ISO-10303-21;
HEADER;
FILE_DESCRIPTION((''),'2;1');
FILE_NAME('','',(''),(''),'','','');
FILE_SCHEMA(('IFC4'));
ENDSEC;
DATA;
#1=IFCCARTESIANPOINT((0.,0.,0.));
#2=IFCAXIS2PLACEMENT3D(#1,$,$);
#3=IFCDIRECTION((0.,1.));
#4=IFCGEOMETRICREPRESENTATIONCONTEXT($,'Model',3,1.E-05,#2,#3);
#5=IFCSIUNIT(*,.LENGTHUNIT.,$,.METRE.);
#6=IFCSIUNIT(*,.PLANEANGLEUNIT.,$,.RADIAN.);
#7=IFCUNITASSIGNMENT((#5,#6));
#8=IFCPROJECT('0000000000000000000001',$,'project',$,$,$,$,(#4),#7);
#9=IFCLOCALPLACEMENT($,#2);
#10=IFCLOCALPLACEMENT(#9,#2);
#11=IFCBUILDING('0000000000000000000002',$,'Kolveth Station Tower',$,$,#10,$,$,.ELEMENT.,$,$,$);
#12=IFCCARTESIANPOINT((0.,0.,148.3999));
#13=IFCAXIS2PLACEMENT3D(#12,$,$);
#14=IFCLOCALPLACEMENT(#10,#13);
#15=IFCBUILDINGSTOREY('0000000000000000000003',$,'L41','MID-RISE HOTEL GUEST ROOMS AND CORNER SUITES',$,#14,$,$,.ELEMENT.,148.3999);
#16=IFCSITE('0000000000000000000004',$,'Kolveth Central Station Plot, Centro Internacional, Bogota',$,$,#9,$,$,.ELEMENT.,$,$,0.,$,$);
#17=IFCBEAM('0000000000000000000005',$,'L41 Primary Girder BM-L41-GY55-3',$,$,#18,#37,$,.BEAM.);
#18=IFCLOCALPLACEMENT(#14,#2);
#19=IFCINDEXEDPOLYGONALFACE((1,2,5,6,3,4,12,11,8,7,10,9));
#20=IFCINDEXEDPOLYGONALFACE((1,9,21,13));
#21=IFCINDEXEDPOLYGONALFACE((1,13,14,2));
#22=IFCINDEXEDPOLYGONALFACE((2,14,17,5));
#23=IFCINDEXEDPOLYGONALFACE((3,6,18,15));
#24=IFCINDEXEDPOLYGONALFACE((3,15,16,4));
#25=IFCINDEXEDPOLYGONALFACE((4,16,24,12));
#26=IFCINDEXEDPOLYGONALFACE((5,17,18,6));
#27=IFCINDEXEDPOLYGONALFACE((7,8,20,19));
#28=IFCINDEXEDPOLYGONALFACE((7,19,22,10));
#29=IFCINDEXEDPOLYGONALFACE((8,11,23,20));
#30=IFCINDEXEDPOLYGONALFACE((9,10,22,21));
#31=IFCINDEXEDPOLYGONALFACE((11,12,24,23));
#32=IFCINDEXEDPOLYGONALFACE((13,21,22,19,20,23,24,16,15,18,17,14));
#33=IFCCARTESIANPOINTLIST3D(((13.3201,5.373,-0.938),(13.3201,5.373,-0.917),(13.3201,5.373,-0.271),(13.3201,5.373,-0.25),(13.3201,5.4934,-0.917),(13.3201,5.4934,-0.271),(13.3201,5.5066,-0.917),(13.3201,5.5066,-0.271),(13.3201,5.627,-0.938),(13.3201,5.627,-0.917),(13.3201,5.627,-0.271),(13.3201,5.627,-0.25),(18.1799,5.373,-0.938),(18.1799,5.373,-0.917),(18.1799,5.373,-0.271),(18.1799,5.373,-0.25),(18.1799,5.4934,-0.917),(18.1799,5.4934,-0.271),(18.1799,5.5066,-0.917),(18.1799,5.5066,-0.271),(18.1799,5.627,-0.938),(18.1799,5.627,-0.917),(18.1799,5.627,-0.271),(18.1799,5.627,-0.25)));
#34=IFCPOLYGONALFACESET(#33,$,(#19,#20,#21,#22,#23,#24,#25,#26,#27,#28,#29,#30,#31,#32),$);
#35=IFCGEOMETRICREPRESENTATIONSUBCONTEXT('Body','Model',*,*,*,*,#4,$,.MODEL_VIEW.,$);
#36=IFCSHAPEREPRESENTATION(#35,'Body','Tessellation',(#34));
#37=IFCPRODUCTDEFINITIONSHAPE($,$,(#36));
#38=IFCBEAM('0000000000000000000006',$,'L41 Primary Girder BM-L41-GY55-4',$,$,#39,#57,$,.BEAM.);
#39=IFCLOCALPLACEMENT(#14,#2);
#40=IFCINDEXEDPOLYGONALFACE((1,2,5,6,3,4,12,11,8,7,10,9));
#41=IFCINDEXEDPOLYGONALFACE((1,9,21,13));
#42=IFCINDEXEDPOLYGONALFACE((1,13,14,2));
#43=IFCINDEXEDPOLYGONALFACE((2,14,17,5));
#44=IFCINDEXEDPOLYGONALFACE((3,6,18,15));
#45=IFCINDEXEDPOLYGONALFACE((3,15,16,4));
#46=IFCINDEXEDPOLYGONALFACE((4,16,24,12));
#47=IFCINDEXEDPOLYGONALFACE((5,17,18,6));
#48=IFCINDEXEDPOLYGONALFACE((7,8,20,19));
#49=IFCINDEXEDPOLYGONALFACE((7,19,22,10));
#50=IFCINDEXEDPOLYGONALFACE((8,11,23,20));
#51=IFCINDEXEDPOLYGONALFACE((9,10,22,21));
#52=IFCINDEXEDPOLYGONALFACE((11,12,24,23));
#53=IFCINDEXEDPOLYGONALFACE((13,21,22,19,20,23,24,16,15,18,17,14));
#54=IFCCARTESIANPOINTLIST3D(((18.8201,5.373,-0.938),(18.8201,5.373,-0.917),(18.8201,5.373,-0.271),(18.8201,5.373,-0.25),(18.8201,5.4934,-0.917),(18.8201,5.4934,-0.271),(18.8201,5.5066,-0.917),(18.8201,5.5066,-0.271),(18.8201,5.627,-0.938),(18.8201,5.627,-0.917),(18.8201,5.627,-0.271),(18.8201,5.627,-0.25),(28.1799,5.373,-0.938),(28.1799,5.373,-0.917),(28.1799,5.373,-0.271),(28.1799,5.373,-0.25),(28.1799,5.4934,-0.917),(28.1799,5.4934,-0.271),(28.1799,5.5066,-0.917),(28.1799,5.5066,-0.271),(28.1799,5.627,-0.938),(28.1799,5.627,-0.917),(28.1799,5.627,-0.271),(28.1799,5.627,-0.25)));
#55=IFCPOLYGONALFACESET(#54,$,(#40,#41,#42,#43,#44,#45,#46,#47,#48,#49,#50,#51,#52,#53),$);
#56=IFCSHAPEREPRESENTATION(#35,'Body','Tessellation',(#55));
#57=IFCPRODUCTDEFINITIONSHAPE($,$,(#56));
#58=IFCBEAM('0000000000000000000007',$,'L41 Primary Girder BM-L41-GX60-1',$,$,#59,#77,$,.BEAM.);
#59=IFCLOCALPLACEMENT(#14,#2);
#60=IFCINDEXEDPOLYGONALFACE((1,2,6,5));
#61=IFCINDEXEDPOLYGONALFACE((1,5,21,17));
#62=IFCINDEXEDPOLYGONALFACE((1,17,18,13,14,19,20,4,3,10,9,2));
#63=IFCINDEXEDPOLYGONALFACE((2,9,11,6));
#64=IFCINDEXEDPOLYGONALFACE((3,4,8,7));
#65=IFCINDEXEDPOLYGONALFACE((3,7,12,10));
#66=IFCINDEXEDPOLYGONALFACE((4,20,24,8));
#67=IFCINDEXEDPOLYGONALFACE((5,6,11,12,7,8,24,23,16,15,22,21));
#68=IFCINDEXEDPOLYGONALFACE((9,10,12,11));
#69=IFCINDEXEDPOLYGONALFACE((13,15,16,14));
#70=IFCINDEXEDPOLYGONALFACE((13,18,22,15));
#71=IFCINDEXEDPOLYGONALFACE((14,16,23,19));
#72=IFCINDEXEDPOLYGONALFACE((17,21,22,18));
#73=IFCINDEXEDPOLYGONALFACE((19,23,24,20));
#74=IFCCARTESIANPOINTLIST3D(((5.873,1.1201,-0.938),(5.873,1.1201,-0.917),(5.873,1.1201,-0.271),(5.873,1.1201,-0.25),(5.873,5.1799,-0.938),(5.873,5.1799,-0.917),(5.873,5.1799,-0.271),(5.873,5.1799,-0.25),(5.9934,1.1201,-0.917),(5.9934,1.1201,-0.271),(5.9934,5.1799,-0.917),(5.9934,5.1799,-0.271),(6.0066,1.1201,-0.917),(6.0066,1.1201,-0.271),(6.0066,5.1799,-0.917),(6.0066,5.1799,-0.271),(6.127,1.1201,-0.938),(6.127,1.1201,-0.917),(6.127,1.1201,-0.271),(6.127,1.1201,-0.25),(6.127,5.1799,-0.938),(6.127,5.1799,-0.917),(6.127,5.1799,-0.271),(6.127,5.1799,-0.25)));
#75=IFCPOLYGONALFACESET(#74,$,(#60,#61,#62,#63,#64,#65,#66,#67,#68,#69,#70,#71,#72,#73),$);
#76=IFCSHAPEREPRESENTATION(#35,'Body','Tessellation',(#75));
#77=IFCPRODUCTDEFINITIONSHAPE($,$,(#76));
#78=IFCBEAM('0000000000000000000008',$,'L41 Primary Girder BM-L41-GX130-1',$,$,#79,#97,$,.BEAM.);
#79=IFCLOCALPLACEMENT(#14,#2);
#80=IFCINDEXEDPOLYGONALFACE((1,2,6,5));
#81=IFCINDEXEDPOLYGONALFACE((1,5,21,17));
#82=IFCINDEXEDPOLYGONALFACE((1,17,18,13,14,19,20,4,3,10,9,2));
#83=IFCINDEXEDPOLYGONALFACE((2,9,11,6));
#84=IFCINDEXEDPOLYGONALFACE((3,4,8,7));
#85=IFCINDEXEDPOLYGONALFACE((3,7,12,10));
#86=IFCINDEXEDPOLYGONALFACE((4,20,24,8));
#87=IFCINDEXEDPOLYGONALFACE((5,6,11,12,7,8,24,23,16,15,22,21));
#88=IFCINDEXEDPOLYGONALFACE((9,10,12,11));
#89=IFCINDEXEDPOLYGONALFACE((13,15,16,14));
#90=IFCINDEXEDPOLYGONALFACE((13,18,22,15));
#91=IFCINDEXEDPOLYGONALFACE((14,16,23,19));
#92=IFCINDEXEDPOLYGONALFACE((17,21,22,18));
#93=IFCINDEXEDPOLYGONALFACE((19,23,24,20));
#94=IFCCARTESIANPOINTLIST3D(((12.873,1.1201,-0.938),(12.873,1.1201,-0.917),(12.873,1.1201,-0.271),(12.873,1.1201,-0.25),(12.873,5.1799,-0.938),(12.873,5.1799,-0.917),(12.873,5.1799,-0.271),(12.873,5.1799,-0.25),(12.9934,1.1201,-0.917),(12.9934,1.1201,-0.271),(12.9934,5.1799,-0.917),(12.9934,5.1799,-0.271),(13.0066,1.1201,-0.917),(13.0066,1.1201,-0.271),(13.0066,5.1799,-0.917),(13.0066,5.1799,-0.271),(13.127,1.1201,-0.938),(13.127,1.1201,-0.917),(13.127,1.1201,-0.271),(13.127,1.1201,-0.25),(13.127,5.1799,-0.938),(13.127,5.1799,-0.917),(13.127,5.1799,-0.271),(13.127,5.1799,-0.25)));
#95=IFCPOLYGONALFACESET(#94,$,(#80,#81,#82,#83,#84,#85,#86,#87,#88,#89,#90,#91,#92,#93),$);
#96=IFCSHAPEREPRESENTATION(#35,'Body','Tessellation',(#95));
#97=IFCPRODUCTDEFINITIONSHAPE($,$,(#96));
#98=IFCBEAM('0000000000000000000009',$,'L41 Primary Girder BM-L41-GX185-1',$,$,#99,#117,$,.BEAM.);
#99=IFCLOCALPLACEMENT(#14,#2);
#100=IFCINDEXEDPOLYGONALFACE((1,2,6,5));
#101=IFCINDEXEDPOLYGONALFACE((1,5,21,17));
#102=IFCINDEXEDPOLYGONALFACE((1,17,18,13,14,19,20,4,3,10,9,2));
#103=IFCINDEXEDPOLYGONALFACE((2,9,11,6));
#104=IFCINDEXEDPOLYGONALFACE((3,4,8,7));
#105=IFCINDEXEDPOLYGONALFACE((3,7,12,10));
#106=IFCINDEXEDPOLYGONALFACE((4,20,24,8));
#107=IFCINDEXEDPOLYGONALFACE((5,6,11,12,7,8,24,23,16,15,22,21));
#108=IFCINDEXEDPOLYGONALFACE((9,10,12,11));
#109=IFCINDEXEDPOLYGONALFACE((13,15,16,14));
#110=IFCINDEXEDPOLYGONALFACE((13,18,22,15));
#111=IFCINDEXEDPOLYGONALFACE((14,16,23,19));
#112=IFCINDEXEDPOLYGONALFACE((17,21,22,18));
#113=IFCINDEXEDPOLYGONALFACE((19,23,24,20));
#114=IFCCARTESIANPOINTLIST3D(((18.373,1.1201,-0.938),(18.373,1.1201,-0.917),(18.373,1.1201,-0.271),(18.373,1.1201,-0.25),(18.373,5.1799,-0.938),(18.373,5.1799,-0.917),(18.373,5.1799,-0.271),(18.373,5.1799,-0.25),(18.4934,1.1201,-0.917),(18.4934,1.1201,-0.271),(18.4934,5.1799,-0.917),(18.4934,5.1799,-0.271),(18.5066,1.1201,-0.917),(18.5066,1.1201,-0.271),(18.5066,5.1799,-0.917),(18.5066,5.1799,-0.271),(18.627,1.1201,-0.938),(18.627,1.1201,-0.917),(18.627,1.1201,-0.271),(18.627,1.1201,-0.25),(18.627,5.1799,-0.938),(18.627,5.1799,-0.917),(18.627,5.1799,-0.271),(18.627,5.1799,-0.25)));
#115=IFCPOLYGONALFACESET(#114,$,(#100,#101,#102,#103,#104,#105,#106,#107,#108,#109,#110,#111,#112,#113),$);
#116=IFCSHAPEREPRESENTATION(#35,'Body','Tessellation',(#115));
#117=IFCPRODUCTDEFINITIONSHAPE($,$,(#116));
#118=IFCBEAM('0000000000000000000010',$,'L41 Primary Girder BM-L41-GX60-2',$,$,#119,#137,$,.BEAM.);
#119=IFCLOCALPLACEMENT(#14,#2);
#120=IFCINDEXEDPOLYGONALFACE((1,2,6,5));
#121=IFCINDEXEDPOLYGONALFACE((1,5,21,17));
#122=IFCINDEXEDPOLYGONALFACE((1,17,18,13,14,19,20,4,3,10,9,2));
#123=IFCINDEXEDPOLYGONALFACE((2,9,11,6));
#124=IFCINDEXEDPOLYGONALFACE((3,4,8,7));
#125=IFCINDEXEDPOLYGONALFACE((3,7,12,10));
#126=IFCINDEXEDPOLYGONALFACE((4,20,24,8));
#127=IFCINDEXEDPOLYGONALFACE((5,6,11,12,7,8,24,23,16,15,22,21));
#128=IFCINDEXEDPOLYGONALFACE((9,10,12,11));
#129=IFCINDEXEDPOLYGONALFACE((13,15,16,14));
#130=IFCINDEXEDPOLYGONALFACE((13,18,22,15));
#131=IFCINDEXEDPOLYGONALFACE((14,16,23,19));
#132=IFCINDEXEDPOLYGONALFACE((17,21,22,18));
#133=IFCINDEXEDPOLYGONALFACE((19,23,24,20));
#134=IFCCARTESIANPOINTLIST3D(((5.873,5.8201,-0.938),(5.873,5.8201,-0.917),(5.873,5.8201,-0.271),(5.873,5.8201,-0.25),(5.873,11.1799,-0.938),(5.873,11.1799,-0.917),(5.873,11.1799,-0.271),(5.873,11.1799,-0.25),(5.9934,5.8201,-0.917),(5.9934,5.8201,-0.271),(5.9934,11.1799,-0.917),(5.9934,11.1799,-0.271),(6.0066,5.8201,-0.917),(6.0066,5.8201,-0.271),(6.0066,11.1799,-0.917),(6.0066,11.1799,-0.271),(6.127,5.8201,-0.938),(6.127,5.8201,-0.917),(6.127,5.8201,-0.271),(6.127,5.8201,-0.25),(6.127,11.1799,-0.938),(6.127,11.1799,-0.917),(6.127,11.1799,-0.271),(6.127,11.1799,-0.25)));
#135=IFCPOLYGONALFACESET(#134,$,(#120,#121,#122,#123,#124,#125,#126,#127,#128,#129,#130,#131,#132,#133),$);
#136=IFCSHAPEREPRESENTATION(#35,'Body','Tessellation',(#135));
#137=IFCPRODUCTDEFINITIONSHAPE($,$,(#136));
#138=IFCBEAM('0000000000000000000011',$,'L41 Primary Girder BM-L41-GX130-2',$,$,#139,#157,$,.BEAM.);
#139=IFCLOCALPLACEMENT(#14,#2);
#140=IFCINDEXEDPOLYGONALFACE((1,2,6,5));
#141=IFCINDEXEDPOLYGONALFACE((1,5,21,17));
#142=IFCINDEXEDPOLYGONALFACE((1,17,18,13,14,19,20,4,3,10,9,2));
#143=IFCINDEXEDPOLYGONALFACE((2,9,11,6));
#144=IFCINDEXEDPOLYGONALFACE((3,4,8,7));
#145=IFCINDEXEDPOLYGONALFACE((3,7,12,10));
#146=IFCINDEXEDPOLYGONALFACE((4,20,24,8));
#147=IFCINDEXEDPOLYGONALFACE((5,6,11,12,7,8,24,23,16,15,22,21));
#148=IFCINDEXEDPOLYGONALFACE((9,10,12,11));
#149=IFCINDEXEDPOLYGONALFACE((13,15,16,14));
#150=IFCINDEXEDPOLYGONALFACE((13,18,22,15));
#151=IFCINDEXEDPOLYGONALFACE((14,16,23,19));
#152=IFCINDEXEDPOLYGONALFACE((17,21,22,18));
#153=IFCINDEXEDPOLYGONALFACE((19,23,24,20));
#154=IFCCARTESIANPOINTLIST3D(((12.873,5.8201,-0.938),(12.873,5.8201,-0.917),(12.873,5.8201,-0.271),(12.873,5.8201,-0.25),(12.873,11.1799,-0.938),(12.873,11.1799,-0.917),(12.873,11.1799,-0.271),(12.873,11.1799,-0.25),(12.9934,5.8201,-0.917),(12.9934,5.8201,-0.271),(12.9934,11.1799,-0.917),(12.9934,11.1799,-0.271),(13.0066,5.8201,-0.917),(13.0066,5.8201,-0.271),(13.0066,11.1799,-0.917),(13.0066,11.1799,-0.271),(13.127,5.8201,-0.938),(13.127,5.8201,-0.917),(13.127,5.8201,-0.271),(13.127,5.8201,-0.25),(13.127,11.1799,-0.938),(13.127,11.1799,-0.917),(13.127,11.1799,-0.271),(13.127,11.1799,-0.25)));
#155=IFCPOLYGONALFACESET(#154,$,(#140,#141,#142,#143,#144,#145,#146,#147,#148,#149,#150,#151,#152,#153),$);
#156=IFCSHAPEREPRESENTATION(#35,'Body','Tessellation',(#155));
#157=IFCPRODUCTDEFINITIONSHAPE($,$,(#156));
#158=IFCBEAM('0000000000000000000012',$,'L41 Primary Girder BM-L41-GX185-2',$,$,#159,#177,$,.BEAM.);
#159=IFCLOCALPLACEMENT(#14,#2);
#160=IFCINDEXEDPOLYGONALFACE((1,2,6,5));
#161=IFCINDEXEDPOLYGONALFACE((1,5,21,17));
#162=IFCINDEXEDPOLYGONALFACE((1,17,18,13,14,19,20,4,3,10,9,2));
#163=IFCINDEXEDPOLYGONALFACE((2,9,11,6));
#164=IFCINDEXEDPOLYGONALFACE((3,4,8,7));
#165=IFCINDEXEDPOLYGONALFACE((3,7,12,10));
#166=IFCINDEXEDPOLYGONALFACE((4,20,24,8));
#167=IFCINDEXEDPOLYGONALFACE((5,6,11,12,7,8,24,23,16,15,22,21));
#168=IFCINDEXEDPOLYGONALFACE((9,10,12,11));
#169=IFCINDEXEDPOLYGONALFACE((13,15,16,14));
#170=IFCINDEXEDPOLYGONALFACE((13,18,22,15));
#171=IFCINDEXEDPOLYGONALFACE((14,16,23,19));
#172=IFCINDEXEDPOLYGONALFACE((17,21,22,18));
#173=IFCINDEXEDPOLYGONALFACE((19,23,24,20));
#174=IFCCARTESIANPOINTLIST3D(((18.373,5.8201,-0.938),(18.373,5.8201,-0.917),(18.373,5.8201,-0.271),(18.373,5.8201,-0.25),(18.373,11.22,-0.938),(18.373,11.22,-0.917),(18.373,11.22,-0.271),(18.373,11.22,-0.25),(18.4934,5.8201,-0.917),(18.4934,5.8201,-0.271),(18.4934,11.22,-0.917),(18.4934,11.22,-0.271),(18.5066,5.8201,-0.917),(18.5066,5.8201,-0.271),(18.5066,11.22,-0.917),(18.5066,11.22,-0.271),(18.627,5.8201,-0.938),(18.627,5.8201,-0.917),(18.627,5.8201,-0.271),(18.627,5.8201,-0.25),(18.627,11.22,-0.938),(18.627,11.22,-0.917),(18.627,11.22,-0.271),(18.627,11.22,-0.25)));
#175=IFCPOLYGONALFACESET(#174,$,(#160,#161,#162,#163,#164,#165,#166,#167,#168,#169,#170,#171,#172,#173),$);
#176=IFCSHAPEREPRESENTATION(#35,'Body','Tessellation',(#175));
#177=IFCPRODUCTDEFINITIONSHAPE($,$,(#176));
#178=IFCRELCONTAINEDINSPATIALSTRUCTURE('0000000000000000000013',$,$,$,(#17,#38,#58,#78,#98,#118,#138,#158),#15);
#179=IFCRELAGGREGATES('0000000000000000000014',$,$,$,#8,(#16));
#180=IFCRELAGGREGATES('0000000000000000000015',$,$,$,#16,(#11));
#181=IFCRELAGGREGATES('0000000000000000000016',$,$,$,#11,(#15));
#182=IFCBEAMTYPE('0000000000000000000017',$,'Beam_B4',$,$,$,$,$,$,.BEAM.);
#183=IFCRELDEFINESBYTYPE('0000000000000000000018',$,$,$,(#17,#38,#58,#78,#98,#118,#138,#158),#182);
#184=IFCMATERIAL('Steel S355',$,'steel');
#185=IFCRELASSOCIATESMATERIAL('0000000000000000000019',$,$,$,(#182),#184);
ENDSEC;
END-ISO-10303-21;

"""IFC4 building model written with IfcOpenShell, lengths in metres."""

from ifc_helpers import new_model, si_unit, direction, frame, origin, origin_2d, place, context, subcontext, project, spatial, i_section, extrude, source, transform, mapped, material, material_profile, profile_set, type_object, element, save


model = new_model("IFC4")

# Units and contexts
model_context = context("Model", 3, precision=1e-05, world=origin(), true_north=direction((0.0, 1.0)))
body_context = subcontext(model_context, "Body", "Model", "MODEL_VIEW")
ifc_project = project(units=[si_unit("LENGTHUNIT", "METRE"), si_unit("PLANEANGLEUNIT", "RADIAN")], contexts=[model_context])

# Site, building, storey
site_placement = place(None, origin())
site = spatial("IfcSite", under=ifc_project, at=site_placement, Name="Kolveth Central Station Plot, Centro Internacional, Bogota", CompositionType="ELEMENT", RefElevation=0.0)
building_placement = place(site_placement, origin())
building = spatial("IfcBuilding", under=site, at=building_placement, Name="Kolveth Station Tower", CompositionType="ELEMENT")
storey_placement = place(building_placement, frame((0.0, 0.0, 148.3999)))
storey = spatial("IfcBuildingStorey", under=building, at=storey_placement, Name="L41", Description="MID-RISE HOTEL GUEST ROOMS AND CORNER SUITES", CompositionType="ELEMENT", Elevation=148.3999)

# Beams
ifc_material_1 = material(Name="Steel S355", Category="steel")
ifc_material_profile_1 = material_profile(ifc_material_1, i_section(OverallWidth=0.2539, OverallDepth=0.688, WebThickness=0.0132, FlangeThickness=0.021, at=origin_2d()), Name="W690x152")
ifc_profile_set_1 = profile_set([ifc_material_profile_1], Name="Steel S355")
beam_type_1 = type_object("IfcBeamType", Name="Beam_B4", PredefinedType="BEAM", material=ifc_profile_set_1)
shared_shape_1 = source(origin(), body_context, "Body", "SweptSolid", [
    extrude(i_section(OverallWidth=0.2539, OverallDepth=0.688, WebThickness=0.0132, FlangeThickness=0.021, at=origin_2d()), origin(), (0.0, 0.0, 1.0), 4.8599),
])
beam_1_placement = place(storey_placement, frame((13.3201, 5.5, -0.594), z_axis=(1.0, 0.0, 0.0), x_axis=(0.0, 1.0, 0.0)))
element("IfcBeam", 1, at=beam_1_placement, inside=storey, type_object=beam_type_1, Name="L41 Primary Girder BM-L41-GY55-3", PredefinedType="BEAM", context=body_context, shape_type="MappedRepresentation", body=[
    mapped(shared_shape_1, transform((0.0, 0.0, 0.0), x_axis=(1.0, 0.0, 0.0), y_axis=(0.0, 1.0, 0.0), z_axis=(0.0, 0.0, 1.0), scale=1.0)),
])
shared_shape_2 = source(origin(), body_context, "Body", "SweptSolid", [
    extrude(i_section(OverallWidth=0.2539, OverallDepth=0.688, WebThickness=0.0132, FlangeThickness=0.021, at=origin_2d()), origin(), (0.0, 0.0, 1.0), 9.3599),
])
beam_2_placement = place(storey_placement, frame((18.8201, 5.5, -0.594), z_axis=(1.0, 0.0, 0.0), x_axis=(0.0, 1.0, 0.0)))
element("IfcBeam", 2, at=beam_2_placement, inside=storey, type_object=beam_type_1, Name="L41 Primary Girder BM-L41-GY55-4", PredefinedType="BEAM", context=body_context, shape_type="MappedRepresentation", body=[
    mapped(shared_shape_2, transform((0.0, 0.0, 0.0), x_axis=(1.0, 0.0, 0.0), y_axis=(0.0, 1.0, 0.0), z_axis=(0.0, 0.0, 1.0), scale=1.0)),
])
shared_shape_3 = source(origin(), body_context, "Body", "SweptSolid", [
    extrude(i_section(OverallWidth=0.2539, OverallDepth=0.688, WebThickness=0.0132, FlangeThickness=0.021, at=origin_2d()), origin(), (0.0, 0.0, 1.0), 4.0598),
])
for number, where, z_axis, x_axis, name in (
    (3, (6.0, 1.1201, -0.594), (0.0, 1.0, 0.0), (-1.0, 0.0, 0.0), "L41 Primary Girder BM-L41-GX60-1"),
    (4, (13.0, 1.1201, -0.594), (0.0, 1.0, 0.0), (-1.0, 0.0, 0.0), "L41 Primary Girder BM-L41-GX130-1"),
    (5, (18.5, 1.1201, -0.594), (0.0, 1.0, 0.0), (-1.0, 0.0, 0.0), "L41 Primary Girder BM-L41-GX185-1"),
):
    element("IfcBeam", number, at=place(storey_placement, frame(where, z_axis=z_axis, x_axis=x_axis)), inside=storey, type_object=beam_type_1, Name=name, PredefinedType="BEAM", context=body_context, shape_type="MappedRepresentation", body=[
        mapped(shared_shape_3, transform((0.0, 0.0, 0.0), x_axis=(1.0, 0.0, 0.0), y_axis=(0.0, 1.0, 0.0), z_axis=(0.0, 0.0, 1.0), scale=1.0)),
    ])
shared_shape_4 = source(origin(), body_context, "Body", "SweptSolid", [
    extrude(i_section(OverallWidth=0.2539, OverallDepth=0.688, WebThickness=0.0132, FlangeThickness=0.021, at=origin_2d()), origin(), (0.0, 0.0, 1.0), 5.3599),
])
for number, where, z_axis, x_axis, name in (
    (6, (6.0, 5.8201, -0.594), (0.0, 1.0, 0.0), (-1.0, 0.0, 0.0), "L41 Primary Girder BM-L41-GX60-2"),
    (7, (13.0, 5.8201, -0.594), (0.0, 1.0, 0.0), (-1.0, 0.0, 0.0), "L41 Primary Girder BM-L41-GX130-2"),
):
    element("IfcBeam", number, at=place(storey_placement, frame(where, z_axis=z_axis, x_axis=x_axis)), inside=storey, type_object=beam_type_1, Name=name, PredefinedType="BEAM", context=body_context, shape_type="MappedRepresentation", body=[
        mapped(shared_shape_4, transform((0.0, 0.0, 0.0), x_axis=(1.0, 0.0, 0.0), y_axis=(0.0, 1.0, 0.0), z_axis=(0.0, 0.0, 1.0), scale=1.0)),
    ])
shared_shape_5 = source(origin(), body_context, "Body", "SweptSolid", [
    extrude(i_section(OverallWidth=0.2539, OverallDepth=0.688, WebThickness=0.0132, FlangeThickness=0.021, at=origin_2d()), origin(), (0.0, 0.0, 1.0), 5.3999),
])
beam_3_placement = place(storey_placement, frame((18.5, 5.8201, -0.594), z_axis=(0.0, 1.0, 0.0), x_axis=(-1.0, 0.0, 0.0)))
element("IfcBeam", 8, at=beam_3_placement, inside=storey, type_object=beam_type_1, Name="L41 Primary Girder BM-L41-GX185-2", PredefinedType="BEAM", context=body_context, shape_type="MappedRepresentation", body=[
    mapped(shared_shape_5, transform((0.0, 0.0, 0.0), x_axis=(1.0, 0.0, 0.0), y_axis=(0.0, 1.0, 0.0), z_axis=(0.0, 0.0, 1.0), scale=1.0)),
])

save(model, "model.ifc")
